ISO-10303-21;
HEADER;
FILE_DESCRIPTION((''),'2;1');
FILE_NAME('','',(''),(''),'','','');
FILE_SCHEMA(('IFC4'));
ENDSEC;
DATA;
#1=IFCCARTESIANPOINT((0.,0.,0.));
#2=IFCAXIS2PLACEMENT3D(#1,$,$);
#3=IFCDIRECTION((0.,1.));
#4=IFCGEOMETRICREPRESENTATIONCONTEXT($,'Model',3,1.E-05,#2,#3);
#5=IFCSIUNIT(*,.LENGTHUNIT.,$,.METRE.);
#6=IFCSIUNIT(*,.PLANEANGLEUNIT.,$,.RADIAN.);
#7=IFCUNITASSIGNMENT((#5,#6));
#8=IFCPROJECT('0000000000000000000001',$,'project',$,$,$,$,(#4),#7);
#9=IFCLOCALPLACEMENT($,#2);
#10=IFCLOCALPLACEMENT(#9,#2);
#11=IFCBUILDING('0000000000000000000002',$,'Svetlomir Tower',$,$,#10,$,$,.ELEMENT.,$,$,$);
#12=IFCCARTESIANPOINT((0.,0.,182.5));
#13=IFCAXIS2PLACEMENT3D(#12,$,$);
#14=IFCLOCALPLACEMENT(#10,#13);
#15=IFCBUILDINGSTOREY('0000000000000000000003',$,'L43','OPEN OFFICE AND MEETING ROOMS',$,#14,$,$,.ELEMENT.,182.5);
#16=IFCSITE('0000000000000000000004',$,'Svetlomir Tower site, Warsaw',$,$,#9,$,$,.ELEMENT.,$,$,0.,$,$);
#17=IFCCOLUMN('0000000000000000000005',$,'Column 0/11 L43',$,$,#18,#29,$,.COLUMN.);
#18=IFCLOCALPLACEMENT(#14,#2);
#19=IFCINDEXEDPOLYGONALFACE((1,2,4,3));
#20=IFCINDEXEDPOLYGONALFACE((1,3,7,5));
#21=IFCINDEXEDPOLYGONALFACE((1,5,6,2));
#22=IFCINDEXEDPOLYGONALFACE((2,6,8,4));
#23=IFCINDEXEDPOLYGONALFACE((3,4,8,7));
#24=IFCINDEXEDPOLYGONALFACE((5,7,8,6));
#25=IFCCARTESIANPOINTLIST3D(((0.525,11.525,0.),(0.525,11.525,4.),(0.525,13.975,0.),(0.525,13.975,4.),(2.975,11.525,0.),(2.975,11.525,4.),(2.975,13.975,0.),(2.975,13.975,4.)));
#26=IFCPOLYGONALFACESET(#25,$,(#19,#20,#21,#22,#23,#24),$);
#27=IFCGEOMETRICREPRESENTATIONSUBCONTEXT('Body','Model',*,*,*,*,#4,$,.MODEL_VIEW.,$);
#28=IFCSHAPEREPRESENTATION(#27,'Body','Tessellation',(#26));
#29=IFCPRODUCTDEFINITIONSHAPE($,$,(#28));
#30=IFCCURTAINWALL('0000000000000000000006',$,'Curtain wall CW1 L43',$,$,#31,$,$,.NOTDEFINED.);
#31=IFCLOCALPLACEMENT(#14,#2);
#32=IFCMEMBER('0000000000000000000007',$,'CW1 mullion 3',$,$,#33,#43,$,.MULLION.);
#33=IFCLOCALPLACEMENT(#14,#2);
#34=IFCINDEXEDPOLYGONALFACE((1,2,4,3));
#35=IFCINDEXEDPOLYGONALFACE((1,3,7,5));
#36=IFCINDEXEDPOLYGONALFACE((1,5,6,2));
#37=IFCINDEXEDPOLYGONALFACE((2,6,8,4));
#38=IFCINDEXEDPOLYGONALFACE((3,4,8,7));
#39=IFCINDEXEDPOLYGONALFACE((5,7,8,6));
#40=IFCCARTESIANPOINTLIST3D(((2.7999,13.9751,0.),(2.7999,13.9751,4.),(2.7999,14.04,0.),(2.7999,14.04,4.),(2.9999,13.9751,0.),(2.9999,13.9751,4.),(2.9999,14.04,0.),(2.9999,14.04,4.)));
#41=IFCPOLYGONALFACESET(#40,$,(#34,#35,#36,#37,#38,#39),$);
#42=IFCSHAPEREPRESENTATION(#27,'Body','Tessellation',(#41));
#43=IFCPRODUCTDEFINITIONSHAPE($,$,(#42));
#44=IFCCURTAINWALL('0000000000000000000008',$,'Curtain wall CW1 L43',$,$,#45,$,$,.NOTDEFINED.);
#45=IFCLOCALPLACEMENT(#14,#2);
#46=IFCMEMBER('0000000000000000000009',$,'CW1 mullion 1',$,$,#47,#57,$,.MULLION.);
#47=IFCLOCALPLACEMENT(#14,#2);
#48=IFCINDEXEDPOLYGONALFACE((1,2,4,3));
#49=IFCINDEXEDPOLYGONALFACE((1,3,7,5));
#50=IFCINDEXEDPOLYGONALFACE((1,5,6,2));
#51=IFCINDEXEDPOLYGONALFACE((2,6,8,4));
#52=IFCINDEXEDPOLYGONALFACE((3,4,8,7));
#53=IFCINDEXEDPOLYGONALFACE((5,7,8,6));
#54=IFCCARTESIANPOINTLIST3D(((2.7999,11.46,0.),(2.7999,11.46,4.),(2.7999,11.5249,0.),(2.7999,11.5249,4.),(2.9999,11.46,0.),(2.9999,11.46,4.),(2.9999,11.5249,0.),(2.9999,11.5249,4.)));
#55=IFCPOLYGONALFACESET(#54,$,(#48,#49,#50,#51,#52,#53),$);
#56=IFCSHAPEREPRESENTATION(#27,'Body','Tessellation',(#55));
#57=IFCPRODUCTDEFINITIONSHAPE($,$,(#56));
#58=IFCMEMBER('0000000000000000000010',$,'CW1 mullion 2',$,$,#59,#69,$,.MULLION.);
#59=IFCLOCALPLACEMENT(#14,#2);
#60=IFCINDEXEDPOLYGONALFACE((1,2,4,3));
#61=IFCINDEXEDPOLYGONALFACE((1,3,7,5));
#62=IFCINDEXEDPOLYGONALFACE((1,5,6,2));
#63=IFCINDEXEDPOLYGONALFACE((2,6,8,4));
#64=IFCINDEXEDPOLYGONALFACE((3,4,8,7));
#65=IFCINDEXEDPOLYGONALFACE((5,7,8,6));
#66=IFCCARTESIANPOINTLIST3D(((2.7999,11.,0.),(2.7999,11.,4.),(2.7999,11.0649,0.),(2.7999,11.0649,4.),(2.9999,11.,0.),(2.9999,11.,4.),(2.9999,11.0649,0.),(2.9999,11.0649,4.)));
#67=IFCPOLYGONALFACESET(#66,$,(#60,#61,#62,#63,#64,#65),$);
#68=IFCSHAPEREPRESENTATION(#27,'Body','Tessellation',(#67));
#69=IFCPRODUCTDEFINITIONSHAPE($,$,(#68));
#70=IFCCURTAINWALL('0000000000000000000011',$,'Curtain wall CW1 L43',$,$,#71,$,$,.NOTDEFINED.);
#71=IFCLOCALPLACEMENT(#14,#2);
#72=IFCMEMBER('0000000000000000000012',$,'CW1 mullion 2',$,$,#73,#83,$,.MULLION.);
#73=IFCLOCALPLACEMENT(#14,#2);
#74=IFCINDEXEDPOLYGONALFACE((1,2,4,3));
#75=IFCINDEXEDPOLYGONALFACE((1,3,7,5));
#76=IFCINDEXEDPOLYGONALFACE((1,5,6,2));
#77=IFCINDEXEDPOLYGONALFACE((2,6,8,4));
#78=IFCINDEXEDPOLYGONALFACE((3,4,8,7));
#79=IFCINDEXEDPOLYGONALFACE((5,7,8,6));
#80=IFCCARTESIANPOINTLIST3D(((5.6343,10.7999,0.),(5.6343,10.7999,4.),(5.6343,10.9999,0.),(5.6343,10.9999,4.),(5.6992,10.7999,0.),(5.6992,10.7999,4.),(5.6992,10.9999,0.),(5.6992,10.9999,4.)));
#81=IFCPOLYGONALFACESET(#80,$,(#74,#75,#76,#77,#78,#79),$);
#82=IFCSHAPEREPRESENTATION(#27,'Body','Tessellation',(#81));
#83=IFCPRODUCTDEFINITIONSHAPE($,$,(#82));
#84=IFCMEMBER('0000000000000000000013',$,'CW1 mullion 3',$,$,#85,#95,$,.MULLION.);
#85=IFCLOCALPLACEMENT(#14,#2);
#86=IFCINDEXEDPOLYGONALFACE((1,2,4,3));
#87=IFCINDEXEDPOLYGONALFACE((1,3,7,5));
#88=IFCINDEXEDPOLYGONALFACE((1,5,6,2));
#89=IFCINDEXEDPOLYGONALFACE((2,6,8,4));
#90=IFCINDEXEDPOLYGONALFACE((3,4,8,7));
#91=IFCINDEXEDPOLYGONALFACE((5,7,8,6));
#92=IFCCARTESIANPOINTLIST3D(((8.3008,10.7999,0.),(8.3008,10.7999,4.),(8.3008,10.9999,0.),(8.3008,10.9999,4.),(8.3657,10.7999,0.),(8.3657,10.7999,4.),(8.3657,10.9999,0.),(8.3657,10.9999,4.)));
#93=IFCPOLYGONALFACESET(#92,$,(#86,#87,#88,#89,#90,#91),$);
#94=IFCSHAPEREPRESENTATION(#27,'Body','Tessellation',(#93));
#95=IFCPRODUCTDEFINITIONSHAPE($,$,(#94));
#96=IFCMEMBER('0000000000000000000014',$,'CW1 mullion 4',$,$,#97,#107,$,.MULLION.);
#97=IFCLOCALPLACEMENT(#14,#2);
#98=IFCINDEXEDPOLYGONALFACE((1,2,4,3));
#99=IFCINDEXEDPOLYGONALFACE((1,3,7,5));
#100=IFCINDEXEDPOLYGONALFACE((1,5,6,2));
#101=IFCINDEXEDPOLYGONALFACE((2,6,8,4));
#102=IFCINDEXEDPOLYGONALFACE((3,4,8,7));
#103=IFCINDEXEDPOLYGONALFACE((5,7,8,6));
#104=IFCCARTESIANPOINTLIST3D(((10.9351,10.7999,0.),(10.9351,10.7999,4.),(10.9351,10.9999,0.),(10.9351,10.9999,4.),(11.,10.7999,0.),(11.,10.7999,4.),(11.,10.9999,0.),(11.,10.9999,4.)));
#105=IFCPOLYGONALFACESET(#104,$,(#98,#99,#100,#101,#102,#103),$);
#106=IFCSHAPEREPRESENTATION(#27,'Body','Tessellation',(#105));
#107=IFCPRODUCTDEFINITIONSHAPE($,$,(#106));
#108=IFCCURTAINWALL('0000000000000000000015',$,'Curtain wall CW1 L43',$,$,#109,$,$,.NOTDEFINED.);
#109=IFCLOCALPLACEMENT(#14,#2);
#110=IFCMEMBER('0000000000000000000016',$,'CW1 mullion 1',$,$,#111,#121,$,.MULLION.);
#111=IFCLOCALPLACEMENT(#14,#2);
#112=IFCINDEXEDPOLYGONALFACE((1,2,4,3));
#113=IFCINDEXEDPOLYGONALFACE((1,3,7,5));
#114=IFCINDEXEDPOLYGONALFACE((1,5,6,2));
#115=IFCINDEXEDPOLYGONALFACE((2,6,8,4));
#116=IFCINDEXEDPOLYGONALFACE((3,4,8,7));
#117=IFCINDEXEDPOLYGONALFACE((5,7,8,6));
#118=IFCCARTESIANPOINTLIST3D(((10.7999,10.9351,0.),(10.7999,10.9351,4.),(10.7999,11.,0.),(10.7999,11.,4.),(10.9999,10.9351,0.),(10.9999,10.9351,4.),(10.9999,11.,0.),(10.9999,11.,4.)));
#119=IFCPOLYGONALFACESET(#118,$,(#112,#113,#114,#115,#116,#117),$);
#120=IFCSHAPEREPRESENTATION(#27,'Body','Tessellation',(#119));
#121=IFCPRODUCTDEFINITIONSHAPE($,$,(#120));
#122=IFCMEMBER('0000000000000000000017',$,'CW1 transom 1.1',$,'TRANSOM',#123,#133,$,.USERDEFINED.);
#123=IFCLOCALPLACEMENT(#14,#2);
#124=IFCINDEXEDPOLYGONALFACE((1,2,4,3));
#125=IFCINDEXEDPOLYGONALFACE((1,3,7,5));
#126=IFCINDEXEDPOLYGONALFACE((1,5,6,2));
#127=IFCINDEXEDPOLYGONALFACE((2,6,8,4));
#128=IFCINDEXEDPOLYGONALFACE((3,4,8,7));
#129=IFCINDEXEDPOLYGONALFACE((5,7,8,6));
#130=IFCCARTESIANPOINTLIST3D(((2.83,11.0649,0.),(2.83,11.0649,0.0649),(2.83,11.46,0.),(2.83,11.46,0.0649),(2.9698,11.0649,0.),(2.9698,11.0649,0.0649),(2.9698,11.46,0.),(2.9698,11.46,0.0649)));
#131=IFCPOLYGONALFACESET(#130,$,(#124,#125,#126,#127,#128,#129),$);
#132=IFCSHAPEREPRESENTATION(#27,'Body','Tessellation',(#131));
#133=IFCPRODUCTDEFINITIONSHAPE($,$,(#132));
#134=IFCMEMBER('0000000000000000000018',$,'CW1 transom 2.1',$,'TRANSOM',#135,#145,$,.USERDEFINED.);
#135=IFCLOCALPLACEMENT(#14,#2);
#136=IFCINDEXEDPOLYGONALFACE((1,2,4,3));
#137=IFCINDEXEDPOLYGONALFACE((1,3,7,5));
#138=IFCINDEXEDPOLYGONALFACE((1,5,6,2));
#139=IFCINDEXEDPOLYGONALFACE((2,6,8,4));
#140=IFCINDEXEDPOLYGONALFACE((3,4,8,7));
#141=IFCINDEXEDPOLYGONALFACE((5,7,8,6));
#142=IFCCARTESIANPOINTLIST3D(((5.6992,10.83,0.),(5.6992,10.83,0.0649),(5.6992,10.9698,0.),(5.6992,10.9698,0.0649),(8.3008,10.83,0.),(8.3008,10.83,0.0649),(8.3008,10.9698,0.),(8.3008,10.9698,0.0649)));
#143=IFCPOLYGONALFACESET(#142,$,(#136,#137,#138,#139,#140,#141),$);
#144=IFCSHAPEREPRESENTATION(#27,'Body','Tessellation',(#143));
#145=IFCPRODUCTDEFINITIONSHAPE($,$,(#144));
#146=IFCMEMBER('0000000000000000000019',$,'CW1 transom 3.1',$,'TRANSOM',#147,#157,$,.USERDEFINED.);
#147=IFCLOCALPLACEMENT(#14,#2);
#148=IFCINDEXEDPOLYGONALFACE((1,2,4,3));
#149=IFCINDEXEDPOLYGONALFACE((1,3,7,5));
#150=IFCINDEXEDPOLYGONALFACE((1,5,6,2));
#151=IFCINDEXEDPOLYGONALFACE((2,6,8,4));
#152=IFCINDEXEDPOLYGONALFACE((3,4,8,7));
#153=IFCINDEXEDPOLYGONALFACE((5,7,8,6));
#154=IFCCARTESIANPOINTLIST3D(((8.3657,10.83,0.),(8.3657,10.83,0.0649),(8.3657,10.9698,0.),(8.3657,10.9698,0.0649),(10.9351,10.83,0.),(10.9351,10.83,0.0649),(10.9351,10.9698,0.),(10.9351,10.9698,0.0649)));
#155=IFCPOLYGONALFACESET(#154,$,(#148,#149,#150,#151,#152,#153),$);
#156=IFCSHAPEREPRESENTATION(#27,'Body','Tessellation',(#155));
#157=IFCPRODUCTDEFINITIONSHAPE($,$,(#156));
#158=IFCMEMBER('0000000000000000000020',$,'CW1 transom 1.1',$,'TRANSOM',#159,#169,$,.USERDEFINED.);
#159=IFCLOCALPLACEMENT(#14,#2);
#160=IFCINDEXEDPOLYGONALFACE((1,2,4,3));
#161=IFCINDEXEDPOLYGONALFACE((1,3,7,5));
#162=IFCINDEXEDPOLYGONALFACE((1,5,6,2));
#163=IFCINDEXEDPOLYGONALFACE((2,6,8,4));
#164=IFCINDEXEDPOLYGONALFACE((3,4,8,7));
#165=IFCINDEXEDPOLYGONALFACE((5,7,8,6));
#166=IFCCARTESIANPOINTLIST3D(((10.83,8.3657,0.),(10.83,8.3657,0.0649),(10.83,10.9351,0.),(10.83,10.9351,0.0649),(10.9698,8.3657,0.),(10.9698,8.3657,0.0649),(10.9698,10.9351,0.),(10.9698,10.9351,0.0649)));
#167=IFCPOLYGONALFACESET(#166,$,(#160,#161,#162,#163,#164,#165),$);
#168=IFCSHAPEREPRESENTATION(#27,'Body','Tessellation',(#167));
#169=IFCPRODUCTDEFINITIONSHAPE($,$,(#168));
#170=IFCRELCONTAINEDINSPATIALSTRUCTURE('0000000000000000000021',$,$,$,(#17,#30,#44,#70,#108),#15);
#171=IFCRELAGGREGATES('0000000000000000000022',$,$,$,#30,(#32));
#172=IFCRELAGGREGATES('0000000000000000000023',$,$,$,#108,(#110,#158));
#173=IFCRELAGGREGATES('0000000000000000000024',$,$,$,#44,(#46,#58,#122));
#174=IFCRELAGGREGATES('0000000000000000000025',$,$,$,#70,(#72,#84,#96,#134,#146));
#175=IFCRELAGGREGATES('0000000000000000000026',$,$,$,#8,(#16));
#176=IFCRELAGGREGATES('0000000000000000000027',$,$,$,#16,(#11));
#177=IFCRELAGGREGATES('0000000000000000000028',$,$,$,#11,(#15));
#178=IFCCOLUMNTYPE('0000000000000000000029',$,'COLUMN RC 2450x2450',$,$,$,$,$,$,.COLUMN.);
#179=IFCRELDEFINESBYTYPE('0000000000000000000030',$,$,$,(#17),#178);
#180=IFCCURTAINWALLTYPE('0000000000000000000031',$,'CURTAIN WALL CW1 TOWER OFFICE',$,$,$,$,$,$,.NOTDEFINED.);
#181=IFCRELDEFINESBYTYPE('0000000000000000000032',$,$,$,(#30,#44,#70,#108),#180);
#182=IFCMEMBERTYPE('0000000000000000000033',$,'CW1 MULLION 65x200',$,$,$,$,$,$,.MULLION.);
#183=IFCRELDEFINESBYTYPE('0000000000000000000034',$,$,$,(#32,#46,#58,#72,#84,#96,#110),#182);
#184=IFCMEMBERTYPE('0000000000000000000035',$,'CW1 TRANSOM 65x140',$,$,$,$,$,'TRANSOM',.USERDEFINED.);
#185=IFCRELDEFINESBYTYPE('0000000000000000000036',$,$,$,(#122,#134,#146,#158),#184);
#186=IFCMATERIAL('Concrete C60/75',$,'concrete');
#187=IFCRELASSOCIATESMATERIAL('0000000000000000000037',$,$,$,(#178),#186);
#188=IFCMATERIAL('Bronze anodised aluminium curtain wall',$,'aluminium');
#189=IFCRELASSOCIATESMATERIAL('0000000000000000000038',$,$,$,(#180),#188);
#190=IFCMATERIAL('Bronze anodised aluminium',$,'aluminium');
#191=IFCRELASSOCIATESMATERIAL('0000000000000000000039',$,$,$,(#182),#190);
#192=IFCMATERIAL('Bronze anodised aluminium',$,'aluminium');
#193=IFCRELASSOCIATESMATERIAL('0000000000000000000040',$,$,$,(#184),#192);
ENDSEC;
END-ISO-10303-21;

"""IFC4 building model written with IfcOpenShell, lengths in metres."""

from ifc_helpers import new_model, si_unit, direction, frame, origin, origin_2d, place, context, subcontext, project, spatial, rectangle, extrude, material, material_profile, profile_set, type_object, element, aggregate, save


model = new_model("IFC4")

# Units and contexts
model_context = context("Model", 3, precision=1e-05, world=origin(), true_north=direction((0.0, 1.0)))
body_context = subcontext(model_context, "Body", "Model", "MODEL_VIEW")
ifc_project = project(units=[si_unit("LENGTHUNIT", "METRE"), si_unit("PLANEANGLEUNIT", "RADIAN")], contexts=[model_context])

# Site, building, storey
site_placement = place(None, origin())
site = spatial("IfcSite", under=ifc_project, at=site_placement, Name="Svetlomir Tower site, Warsaw", CompositionType="ELEMENT", RefElevation=0.0)
building_placement = place(site_placement, origin())
building = spatial("IfcBuilding", under=site, at=building_placement, Name="Svetlomir Tower", CompositionType="ELEMENT")
storey_placement = place(building_placement, frame((0.0, 0.0, 182.5)))
storey = spatial("IfcBuildingStorey", under=building, at=storey_placement, Name="L43", Description="OPEN OFFICE AND MEETING ROOMS", CompositionType="ELEMENT", Elevation=182.5)

# Column
ifc_material_1 = material(Name="Concrete C60/75", Category="concrete")
ifc_material_profile_1 = material_profile(ifc_material_1, rectangle(XDim=2.45, YDim=2.45, at=origin_2d()), Name="RC 2450x2450")
ifc_profile_set_1 = profile_set([ifc_material_profile_1], Name="Concrete C60/75")
column_type = type_object("IfcColumnType", Name="COLUMN RC 2450x2450", PredefinedType="COLUMN", material=ifc_profile_set_1)
column_placement = place(storey_placement, frame((1.75, 12.75, 0.0), z_axis=(0.0, 0.0, 1.0), x_axis=(1.0, 0.0, 0.0)))
element("IfcColumn", 1, at=column_placement, inside=storey, type_object=column_type, Name="Column 0/11 L43", PredefinedType="COLUMN", context=body_context, shape_type="SweptSolid", body=[
    extrude(rectangle(XDim=2.45, YDim=2.45, at=origin_2d()), origin(), (0.0, 0.0, 1.0), 4.0),
])

# Curtain wall, member
ifc_material_2 = material(Name="Bronze anodised aluminium curtain wall", Category="aluminium")
curtain_wall_type = type_object("IfcCurtainWallType", Name="CURTAIN WALL CW1 TOWER OFFICE", PredefinedType="NOTDEFINED", material=ifc_material_2)
curtain_wall_1_placement = place(storey_placement, origin())
curtain_wall_1 = element("IfcCurtainWall", 2, at=curtain_wall_1_placement, inside=storey, type_object=curtain_wall_type, Name="Curtain wall CW1 L43", PredefinedType="NOTDEFINED")
ifc_material_3 = material(Name="Bronze anodised aluminium", Category="aluminium")
ifc_material_profile_2 = material_profile(ifc_material_3, rectangle(XDim=0.0649, YDim=0.2, at=origin_2d()), Name="AL 65x200")
ifc_profile_set_2 = profile_set([ifc_material_profile_2], Name="Bronze anodised aluminium 6063-T6")
member_type_1 = type_object("IfcMemberType", Name="CW1 MULLION 65x200", PredefinedType="MULLION", material=ifc_profile_set_2)
member_1_placement = place(storey_placement, frame((2.8999, 14.0076, 0.0), z_axis=(0.0, 0.0, 1.0), x_axis=(0.0, -1.0, 0.0)))
member_1 = element("IfcMember", 3, at=member_1_placement, type_object=member_type_1, Name="CW1 mullion 3", PredefinedType="MULLION", context=body_context, shape_type="SweptSolid", body=[
    extrude(rectangle(XDim=0.0649, YDim=0.2, at=origin_2d()), origin(), (0.0, 0.0, 1.0), 4.0),
])
aggregate(curtain_wall_1, [member_1])

# Curtain walls, members
curtain_wall_2_placement = place(storey_placement, origin())
curtain_wall_2 = element("IfcCurtainWall", 4, at=curtain_wall_2_placement, inside=storey, type_object=curtain_wall_type, Name="Curtain wall CW1 L43", PredefinedType="NOTDEFINED")
member_2_placement = place(storey_placement, frame((2.8999, 11.4924, 0.0), z_axis=(0.0, 0.0, 1.0), x_axis=(0.0, -1.0, 0.0)))
member_2 = element("IfcMember", 5, at=member_2_placement, type_object=member_type_1, Name="CW1 mullion 1", PredefinedType="MULLION", context=body_context, shape_type="SweptSolid", body=[
    extrude(rectangle(XDim=0.0649, YDim=0.2, at=origin_2d()), origin(), (0.0, 0.0, 1.0), 4.0),
])
member_3_placement = place(storey_placement, frame((2.8999, 11.0325, 0.0), z_axis=(0.0, 0.0, 1.0), x_axis=(0.0, -1.0, 0.0)))
member_3 = element("IfcMember", 6, at=member_3_placement, type_object=member_type_1, Name="CW1 mullion 2", PredefinedType="MULLION", context=body_context, shape_type="SweptSolid", body=[
    extrude(rectangle(XDim=0.0649, YDim=0.2, at=origin_2d()), origin(), (0.0, 0.0, 1.0), 4.0),
])
curtain_wall_3_placement = place(storey_placement, origin())
curtain_wall_3 = element("IfcCurtainWall", 7, at=curtain_wall_3_placement, inside=storey, type_object=curtain_wall_type, Name="Curtain wall CW1 L43", PredefinedType="NOTDEFINED")
member_4_placement = place(storey_placement, frame((5.6667, 10.8999, 0.0), z_axis=(0.0, 0.0, 1.0), x_axis=(1.0, 0.0, 0.0)))
member_4 = element("IfcMember", 8, at=member_4_placement, type_object=member_type_1, Name="CW1 mullion 2", PredefinedType="MULLION", context=body_context, shape_type="SweptSolid", body=[
    extrude(rectangle(XDim=0.0649, YDim=0.2, at=origin_2d()), origin(), (0.0, 0.0, 1.0), 4.0),
])
member_5_placement = place(storey_placement, frame((8.3333, 10.8999, 0.0), z_axis=(0.0, 0.0, 1.0), x_axis=(1.0, 0.0, 0.0)))
member_5 = element("IfcMember", 9, at=member_5_placement, type_object=member_type_1, Name="CW1 mullion 3", PredefinedType="MULLION", context=body_context, shape_type="SweptSolid", body=[
    extrude(rectangle(XDim=0.0649, YDim=0.2, at=origin_2d()), origin(), (0.0, 0.0, 1.0), 4.0),
])
member_6_placement = place(storey_placement, frame((10.9675, 10.8999, 0.0), z_axis=(0.0, 0.0, 1.0), x_axis=(1.0, 0.0, 0.0)))
member_6 = element("IfcMember", 10, at=member_6_placement, type_object=member_type_1, Name="CW1 mullion 4", PredefinedType="MULLION", context=body_context, shape_type="SweptSolid", body=[
    extrude(rectangle(XDim=0.0649, YDim=0.2, at=origin_2d()), origin(), (0.0, 0.0, 1.0), 4.0),
])

# Curtain wall, member
curtain_wall_4_placement = place(storey_placement, origin())
curtain_wall_4 = element("IfcCurtainWall", 11, at=curtain_wall_4_placement, inside=storey, type_object=curtain_wall_type, Name="Curtain wall CW1 L43", PredefinedType="NOTDEFINED")
member_7_placement = place(storey_placement, frame((10.8999, 10.9675, 0.0), z_axis=(0.0, 0.0, 1.0), x_axis=(0.0, -1.0, 0.0)))
member_7 = element("IfcMember", 12, at=member_7_placement, type_object=member_type_1, Name="CW1 mullion 1", PredefinedType="MULLION", context=body_context, shape_type="SweptSolid", body=[
    extrude(rectangle(XDim=0.0649, YDim=0.2, at=origin_2d()), origin(), (0.0, 0.0, 1.0), 4.0),
])

# Members
ifc_material_4 = material(Name="Bronze anodised aluminium", Category="aluminium")
ifc_material_profile_3 = material_profile(ifc_material_4, rectangle(XDim=0.1399, YDim=0.0649, at=origin_2d()), Name="AL 140x65")
ifc_profile_set_3 = profile_set([ifc_material_profile_3], Name="Bronze anodised aluminium 6063-T6")
member_type_2 = type_object("IfcMemberType", Name="CW1 TRANSOM 65x140", ElementType="TRANSOM", PredefinedType="USERDEFINED", material=ifc_profile_set_3)
member_8_placement = place(storey_placement, frame((2.8999, 11.46, 0.0325), z_axis=(0.0, -1.0, 0.0), x_axis=(1.0, 0.0, 0.0)))
member_8 = element("IfcMember", 13, at=member_8_placement, type_object=member_type_2, Name="CW1 transom 1.1", ObjectType="TRANSOM", PredefinedType="USERDEFINED", context=body_context, shape_type="SweptSolid", body=[
    extrude(rectangle(XDim=0.1399, YDim=0.0649, at=origin_2d()), origin(), (0.0, 0.0, 1.0), 0.395),
])
member_9_placement = place(storey_placement, frame((5.6992, 10.8999, 0.0325), z_axis=(1.0, 0.0, 0.0), x_axis=(0.0, 1.0, 0.0)))
member_9 = element("IfcMember", 14, at=member_9_placement, type_object=member_type_2, Name="CW1 transom 2.1", ObjectType="TRANSOM", PredefinedType="USERDEFINED", context=body_context, shape_type="SweptSolid", body=[
    extrude(rectangle(XDim=0.1399, YDim=0.0649, at=origin_2d()), origin(), (0.0, 0.0, 1.0), 2.6016),
])
member_10_placement = place(storey_placement, frame((8.3657, 10.8999, 0.0325), z_axis=(1.0, 0.0, 0.0), x_axis=(0.0, 1.0, 0.0)))
member_10 = element("IfcMember", 15, at=member_10_placement, type_object=member_type_2, Name="CW1 transom 3.1", ObjectType="TRANSOM", PredefinedType="USERDEFINED", context=body_context, shape_type="SweptSolid", body=[
    extrude(rectangle(XDim=0.1399, YDim=0.0649, at=origin_2d()), origin(), (0.0, 0.0, 1.0), 2.5693),
])
member_11_placement = place(storey_placement, frame((10.8999, 10.9351, 0.0325), z_axis=(0.0, -1.0, 0.0), x_axis=(1.0, 0.0, 0.0)))
member_11 = element("IfcMember", 16, at=member_11_placement, type_object=member_type_2, Name="CW1 transom 1.1", ObjectType="TRANSOM", PredefinedType="USERDEFINED", context=body_context, shape_type="SweptSolid", body=[
    extrude(rectangle(XDim=0.1399, YDim=0.0649, at=origin_2d()), origin(), (0.0, 0.0, 1.0), 2.5693),
])
aggregate(curtain_wall_4, [member_7, member_11])

aggregate(curtain_wall_2, [member_2, member_3, member_8])
aggregate(curtain_wall_3, [member_4, member_5, member_6, member_9, member_10])

save(model, "model.ifc")
